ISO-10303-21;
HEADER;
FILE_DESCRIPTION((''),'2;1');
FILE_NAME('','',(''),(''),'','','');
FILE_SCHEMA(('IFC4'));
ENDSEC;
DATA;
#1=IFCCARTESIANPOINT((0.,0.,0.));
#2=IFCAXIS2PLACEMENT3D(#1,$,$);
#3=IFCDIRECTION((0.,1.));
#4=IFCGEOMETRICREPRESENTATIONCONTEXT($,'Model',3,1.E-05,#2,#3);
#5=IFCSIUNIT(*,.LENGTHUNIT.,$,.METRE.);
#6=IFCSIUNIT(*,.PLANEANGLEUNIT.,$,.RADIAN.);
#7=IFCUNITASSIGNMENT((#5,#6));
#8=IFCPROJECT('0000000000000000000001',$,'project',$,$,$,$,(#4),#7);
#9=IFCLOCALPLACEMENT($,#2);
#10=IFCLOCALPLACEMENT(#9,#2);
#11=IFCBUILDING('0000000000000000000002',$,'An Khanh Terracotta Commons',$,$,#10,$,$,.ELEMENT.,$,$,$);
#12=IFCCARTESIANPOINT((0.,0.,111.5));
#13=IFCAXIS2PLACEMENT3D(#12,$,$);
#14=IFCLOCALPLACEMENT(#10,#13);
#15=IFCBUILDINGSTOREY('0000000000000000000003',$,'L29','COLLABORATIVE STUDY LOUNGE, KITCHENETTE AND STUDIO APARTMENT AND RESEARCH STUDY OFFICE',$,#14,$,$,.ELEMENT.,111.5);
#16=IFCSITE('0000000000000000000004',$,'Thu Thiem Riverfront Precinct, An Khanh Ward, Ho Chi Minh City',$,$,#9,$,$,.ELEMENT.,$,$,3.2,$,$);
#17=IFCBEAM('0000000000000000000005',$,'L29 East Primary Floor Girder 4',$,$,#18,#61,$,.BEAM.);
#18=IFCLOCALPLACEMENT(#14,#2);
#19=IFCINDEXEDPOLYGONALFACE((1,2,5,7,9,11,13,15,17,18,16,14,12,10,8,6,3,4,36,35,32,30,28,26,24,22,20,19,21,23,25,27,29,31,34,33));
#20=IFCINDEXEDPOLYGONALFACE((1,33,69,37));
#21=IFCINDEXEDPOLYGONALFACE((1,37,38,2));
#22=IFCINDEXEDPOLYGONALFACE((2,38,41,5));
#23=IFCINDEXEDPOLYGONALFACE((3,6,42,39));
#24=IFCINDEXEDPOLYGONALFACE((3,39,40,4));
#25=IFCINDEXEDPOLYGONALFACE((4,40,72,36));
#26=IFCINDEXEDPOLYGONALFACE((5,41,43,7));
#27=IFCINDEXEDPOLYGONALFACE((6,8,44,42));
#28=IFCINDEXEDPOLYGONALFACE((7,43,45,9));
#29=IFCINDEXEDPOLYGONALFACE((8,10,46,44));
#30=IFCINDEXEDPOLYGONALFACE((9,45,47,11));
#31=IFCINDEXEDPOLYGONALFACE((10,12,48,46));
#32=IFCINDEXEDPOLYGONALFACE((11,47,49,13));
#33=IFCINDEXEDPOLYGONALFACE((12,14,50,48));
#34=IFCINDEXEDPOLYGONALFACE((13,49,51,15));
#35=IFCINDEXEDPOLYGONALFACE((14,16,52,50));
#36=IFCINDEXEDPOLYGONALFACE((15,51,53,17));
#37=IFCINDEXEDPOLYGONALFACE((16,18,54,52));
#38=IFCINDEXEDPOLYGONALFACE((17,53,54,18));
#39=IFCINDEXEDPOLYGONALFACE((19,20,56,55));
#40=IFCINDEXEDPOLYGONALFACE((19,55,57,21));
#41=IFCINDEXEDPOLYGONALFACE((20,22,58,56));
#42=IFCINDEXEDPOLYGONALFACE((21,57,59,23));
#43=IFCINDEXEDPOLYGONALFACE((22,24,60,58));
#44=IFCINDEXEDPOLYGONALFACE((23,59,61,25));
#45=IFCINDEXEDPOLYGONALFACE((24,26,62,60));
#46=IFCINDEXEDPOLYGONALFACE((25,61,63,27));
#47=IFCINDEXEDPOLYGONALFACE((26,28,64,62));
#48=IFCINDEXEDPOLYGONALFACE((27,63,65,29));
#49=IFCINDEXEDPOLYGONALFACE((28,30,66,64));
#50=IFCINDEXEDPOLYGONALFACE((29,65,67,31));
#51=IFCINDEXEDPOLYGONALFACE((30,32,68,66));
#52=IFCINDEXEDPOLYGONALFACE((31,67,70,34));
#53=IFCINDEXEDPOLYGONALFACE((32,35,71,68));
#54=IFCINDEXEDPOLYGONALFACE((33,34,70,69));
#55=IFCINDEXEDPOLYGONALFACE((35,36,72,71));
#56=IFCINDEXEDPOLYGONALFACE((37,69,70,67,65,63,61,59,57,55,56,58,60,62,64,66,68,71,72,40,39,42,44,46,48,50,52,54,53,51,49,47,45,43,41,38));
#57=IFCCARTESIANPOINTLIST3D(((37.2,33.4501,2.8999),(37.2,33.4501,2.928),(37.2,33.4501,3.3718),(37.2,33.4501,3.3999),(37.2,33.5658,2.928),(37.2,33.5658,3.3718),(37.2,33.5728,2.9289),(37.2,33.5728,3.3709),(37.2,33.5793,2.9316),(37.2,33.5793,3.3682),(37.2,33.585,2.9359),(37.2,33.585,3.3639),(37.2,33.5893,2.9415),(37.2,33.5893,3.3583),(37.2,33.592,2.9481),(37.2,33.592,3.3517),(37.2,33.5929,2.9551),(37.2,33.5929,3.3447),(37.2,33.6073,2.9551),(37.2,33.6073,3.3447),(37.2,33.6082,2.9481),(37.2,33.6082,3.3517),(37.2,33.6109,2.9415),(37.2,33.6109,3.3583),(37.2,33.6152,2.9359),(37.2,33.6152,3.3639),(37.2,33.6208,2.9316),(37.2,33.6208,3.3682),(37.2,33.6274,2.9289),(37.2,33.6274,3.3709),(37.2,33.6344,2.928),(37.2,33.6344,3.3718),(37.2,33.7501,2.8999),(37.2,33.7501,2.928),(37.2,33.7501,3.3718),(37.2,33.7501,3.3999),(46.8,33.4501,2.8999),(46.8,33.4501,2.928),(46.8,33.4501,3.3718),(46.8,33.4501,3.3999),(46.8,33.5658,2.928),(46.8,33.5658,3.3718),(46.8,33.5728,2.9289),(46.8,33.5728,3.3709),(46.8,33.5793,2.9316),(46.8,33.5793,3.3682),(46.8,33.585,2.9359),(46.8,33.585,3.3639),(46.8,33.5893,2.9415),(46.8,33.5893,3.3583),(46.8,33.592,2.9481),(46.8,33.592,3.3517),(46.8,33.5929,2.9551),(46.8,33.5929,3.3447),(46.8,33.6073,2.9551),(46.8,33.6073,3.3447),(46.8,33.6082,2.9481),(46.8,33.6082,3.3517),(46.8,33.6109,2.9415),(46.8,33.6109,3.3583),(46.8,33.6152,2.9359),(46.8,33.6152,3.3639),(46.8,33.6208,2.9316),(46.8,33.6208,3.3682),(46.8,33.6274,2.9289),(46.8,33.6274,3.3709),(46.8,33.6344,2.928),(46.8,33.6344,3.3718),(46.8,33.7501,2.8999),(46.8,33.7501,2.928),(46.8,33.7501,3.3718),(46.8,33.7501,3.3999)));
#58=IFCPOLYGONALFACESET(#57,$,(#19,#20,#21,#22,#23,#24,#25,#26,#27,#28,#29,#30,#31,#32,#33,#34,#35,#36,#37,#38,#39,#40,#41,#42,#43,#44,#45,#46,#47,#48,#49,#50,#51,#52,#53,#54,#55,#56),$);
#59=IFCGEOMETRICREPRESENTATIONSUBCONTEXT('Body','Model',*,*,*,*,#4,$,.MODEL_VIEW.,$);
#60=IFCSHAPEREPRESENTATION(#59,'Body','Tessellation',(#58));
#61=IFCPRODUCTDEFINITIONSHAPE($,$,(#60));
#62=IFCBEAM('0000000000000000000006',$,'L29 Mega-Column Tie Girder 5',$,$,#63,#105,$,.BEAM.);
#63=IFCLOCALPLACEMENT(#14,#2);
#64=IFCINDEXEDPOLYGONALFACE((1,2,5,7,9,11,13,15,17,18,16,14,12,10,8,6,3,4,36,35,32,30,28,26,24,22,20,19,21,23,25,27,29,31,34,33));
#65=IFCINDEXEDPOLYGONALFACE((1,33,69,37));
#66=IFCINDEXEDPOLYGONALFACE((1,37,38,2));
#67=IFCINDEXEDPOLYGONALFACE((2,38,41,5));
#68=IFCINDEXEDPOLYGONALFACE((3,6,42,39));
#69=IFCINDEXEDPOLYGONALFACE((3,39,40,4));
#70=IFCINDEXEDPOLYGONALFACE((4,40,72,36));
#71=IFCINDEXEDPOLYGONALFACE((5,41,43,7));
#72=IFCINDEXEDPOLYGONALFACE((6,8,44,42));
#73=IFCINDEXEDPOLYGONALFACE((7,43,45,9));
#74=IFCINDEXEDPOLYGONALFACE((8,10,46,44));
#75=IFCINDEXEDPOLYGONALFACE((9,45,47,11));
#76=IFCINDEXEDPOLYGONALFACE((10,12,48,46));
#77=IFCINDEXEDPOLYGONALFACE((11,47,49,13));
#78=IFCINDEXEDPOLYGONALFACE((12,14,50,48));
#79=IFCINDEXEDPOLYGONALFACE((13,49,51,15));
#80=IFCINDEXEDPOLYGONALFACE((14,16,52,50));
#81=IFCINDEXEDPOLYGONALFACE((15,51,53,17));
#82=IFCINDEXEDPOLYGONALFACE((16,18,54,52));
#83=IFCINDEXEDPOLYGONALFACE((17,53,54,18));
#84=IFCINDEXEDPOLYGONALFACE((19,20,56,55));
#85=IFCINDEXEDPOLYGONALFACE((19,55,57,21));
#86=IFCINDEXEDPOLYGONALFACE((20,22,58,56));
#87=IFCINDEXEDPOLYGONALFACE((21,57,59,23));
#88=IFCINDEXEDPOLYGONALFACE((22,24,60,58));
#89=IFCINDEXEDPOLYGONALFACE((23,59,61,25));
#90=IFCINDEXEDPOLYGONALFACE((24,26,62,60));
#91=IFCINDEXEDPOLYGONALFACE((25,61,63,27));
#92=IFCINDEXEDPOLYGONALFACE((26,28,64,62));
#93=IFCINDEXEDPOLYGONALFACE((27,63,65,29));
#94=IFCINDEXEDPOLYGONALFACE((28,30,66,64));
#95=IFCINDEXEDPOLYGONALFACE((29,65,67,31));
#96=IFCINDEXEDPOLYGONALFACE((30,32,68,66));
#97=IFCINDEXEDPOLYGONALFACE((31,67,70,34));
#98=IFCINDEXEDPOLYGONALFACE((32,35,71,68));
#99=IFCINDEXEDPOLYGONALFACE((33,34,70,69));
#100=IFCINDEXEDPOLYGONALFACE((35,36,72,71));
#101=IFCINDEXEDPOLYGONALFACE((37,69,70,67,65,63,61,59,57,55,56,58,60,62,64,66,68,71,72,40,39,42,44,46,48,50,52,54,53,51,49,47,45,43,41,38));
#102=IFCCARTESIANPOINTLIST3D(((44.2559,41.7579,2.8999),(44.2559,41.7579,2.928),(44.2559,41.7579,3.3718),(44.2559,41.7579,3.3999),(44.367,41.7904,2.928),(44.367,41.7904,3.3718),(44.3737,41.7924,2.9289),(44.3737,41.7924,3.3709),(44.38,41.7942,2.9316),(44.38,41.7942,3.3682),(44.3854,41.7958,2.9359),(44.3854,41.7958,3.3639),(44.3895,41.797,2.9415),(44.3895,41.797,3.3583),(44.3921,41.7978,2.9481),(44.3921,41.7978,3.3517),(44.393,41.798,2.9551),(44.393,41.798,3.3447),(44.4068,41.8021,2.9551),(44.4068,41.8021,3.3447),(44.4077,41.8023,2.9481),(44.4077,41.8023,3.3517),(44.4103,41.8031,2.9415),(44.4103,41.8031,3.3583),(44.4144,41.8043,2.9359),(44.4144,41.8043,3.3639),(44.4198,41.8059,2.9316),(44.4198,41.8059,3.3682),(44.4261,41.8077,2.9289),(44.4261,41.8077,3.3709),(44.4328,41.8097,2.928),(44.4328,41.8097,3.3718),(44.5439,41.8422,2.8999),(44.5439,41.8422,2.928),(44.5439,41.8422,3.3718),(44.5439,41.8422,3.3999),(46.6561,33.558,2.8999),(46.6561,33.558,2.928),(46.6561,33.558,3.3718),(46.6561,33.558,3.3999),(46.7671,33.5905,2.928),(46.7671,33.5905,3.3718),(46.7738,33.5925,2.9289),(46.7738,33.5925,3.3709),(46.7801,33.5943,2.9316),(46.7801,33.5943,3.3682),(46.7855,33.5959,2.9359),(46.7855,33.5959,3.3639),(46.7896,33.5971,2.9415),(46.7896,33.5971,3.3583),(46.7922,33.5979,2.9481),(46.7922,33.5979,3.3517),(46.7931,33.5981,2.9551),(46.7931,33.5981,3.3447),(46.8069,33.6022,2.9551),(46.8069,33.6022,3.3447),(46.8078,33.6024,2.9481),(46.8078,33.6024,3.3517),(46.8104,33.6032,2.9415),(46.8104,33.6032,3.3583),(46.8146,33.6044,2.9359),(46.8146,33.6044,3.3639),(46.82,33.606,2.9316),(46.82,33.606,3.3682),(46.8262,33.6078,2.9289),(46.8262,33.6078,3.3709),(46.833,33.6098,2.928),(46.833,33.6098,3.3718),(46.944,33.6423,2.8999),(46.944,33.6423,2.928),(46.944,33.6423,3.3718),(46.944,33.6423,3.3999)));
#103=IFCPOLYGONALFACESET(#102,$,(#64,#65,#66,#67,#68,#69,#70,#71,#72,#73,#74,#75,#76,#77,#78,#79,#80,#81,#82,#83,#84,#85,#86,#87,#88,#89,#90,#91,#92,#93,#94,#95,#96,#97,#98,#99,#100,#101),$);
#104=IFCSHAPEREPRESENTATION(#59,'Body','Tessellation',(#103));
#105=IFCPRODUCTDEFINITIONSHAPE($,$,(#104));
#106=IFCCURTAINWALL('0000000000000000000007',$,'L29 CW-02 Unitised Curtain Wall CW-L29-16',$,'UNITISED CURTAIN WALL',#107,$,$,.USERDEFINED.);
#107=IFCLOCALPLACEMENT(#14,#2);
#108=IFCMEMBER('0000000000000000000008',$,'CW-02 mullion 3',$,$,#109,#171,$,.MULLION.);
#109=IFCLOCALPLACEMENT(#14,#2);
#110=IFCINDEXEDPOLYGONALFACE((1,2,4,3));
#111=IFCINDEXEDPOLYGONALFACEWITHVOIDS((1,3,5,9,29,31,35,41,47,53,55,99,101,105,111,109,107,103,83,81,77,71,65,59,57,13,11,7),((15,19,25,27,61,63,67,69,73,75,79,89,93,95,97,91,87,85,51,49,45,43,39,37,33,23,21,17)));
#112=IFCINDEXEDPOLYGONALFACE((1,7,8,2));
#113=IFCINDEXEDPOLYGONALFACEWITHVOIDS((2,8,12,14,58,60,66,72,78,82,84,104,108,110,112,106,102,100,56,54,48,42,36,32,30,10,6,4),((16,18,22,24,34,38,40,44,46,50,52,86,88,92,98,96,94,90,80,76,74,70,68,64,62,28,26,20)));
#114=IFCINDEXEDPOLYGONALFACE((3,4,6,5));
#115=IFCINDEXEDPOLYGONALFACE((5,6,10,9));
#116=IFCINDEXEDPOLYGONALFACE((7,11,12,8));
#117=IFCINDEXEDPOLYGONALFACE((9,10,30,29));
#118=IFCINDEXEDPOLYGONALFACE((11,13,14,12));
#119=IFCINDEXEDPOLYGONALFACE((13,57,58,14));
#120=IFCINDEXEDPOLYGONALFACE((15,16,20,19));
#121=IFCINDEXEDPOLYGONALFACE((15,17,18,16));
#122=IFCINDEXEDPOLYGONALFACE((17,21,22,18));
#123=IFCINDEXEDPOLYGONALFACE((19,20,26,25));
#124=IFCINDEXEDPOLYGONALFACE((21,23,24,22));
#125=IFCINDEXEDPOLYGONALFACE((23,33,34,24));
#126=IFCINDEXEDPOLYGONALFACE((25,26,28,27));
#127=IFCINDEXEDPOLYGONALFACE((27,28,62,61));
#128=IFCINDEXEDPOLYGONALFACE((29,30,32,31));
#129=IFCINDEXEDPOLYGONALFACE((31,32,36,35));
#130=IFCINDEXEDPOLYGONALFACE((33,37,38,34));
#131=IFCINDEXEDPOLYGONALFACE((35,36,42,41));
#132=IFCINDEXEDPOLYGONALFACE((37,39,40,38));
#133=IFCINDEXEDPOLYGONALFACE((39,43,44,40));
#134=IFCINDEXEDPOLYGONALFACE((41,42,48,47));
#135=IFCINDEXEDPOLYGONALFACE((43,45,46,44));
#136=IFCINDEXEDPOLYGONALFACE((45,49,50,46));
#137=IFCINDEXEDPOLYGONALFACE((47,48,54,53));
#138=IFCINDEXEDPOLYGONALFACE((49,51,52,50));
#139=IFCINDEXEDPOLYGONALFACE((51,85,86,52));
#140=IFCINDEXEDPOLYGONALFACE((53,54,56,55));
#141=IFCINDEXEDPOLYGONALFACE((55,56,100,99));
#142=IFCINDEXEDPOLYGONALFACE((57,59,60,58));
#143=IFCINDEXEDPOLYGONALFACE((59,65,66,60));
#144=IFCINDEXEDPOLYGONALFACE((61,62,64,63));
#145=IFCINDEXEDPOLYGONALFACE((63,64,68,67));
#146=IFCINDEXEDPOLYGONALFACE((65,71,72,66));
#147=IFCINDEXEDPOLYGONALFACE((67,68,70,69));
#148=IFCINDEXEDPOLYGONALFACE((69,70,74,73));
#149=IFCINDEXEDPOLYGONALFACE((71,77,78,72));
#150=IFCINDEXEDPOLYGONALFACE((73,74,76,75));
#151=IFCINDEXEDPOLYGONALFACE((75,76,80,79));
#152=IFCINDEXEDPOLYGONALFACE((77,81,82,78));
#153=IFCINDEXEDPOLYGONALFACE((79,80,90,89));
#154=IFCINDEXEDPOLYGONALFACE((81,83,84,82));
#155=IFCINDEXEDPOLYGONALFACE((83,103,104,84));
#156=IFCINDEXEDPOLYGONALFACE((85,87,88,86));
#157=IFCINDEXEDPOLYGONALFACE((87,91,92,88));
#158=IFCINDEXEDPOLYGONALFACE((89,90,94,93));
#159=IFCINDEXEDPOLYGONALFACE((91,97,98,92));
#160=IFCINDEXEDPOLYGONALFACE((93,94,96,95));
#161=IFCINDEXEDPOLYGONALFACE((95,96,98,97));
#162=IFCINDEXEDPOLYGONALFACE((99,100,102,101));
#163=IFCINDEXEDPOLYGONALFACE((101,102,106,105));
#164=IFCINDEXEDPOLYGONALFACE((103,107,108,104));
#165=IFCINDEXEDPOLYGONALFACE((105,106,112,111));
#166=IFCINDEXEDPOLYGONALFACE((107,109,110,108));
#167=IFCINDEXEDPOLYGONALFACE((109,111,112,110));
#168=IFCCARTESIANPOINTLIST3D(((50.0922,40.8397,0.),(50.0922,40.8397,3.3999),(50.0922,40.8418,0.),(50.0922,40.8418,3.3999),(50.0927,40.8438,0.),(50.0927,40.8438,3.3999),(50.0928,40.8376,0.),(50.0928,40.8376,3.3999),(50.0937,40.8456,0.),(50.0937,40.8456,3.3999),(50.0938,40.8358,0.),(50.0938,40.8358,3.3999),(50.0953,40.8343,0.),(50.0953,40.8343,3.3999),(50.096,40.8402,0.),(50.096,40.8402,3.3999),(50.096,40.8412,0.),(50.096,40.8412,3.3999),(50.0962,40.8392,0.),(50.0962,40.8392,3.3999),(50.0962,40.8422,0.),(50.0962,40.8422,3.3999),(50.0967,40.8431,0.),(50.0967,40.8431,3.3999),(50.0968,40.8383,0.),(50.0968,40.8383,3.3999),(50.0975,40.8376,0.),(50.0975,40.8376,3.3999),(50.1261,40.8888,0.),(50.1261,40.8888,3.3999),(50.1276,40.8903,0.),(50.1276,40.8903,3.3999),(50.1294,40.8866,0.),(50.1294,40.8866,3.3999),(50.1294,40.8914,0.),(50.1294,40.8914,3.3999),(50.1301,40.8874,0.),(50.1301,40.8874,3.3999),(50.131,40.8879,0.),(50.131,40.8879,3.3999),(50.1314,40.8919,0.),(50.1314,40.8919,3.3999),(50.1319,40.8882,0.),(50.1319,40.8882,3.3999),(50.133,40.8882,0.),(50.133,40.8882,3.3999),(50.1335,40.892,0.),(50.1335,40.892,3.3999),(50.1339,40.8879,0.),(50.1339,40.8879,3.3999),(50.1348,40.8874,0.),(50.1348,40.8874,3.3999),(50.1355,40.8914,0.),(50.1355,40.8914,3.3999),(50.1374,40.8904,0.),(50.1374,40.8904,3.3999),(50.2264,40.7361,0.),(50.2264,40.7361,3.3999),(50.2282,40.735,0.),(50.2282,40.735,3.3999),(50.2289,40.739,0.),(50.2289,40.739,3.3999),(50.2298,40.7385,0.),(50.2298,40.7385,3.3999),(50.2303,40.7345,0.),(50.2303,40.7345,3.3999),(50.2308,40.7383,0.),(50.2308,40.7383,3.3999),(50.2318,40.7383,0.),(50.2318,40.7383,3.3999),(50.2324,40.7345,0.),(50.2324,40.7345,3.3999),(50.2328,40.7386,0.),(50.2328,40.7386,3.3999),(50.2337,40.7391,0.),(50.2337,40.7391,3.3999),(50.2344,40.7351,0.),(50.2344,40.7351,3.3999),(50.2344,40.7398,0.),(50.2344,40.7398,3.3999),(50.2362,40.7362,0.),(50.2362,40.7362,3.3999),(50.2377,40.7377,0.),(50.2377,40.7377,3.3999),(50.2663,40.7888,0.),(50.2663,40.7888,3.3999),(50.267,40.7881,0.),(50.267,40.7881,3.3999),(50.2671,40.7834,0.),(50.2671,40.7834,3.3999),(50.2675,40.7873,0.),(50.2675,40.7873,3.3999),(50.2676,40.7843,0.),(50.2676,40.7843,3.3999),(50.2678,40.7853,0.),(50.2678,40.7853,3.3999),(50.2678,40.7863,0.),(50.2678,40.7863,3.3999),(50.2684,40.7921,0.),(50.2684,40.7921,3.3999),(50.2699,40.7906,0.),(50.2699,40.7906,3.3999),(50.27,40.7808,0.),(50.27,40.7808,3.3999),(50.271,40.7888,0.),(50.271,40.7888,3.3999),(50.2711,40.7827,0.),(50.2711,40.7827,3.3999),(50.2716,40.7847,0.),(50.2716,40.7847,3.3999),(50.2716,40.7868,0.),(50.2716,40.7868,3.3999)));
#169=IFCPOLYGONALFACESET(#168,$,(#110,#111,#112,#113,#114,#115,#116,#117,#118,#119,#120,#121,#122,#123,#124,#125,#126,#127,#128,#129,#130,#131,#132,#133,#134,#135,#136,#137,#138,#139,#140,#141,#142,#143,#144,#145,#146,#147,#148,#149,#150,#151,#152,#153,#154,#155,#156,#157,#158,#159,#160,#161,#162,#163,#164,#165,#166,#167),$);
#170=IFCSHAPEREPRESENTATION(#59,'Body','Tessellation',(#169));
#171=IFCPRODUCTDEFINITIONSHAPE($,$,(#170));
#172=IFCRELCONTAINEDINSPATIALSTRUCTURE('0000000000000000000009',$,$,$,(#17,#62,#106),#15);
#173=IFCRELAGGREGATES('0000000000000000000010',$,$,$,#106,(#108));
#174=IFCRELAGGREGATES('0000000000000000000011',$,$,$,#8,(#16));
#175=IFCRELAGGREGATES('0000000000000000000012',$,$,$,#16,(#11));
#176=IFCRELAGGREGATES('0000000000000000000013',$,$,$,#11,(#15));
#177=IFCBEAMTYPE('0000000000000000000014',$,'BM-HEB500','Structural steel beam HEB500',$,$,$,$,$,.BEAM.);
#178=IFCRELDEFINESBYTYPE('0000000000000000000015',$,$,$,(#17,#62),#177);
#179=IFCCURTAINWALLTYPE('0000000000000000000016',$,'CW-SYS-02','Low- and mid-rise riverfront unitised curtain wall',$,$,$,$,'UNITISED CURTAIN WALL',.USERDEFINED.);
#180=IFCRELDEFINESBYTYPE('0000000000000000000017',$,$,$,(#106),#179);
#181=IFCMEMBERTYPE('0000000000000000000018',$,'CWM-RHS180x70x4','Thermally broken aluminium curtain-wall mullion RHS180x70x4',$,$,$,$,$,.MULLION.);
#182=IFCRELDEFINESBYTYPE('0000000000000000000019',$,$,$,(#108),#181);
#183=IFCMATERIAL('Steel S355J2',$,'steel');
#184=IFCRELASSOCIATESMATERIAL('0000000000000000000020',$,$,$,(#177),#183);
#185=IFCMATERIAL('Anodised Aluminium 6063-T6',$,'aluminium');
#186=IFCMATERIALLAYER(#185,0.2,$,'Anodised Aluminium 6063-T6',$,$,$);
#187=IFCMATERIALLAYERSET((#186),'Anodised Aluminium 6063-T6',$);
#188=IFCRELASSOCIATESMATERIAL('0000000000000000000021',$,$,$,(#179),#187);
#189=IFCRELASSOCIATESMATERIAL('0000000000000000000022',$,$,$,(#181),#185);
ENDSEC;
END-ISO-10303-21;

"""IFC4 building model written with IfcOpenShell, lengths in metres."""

from ifc_helpers import new_model, si_unit, direction, frame, origin, origin_2d, place, context, subcontext, project, spatial, hollow_rectangle, i_section, extrude, material, layer, layer_set, material_profile, profile_set, type_object, element, aggregate, save


model = new_model("IFC4")

# Units and contexts
model_context = context("Model", 3, precision=1e-05, world=origin(), true_north=direction((0.0, 1.0)))
body_context = subcontext(model_context, "Body", "Model", "MODEL_VIEW")
ifc_project = project(units=[si_unit("LENGTHUNIT", "METRE"), si_unit("PLANEANGLEUNIT", "RADIAN")], contexts=[model_context])

# Site, building, storey
site_placement = place(None, origin())
site = spatial("IfcSite", under=ifc_project, at=site_placement, Name="Thu Thiem Riverfront Precinct, An Khanh Ward, Ho Chi Minh City", CompositionType="ELEMENT", RefElevation=3.2)
building_placement = place(site_placement, origin())
building = spatial("IfcBuilding", under=site, at=building_placement, Name="An Khanh Terracotta Commons", CompositionType="ELEMENT")
storey_placement = place(building_placement, frame((0.0, 0.0, 111.5)))
storey = spatial("IfcBuildingStorey", under=building, at=storey_placement, Name="L29", Description="COLLABORATIVE STUDY LOUNGE, KITCHENETTE AND STUDIO APARTMENT AND RESEARCH STUDY OFFICE", CompositionType="ELEMENT", Elevation=111.5)

# Beams
ifc_material_1 = material(Name="Steel S355J2", Category="steel")
ifc_material_profile_1 = material_profile(ifc_material_1, i_section(OverallWidth=0.3, OverallDepth=0.5, WebThickness=0.0144, FlangeThickness=0.0281, FilletRadius=0.0271, at=origin_2d()), Name="HEB500")
ifc_profile_set_1 = profile_set([ifc_material_profile_1], Name="Steel S355J2")
beam_type = type_object("IfcBeamType", Name="BM-HEB500", Description="Structural steel beam HEB500", PredefinedType="BEAM", material=ifc_profile_set_1)
beam_1_placement = place(storey_placement, frame((37.2, 33.6001, 3.1499), z_axis=(1.0, 0.0, 0.0), x_axis=(0.0, 1.0, 0.0)))
element("IfcBeam", 1, at=beam_1_placement, inside=storey, type_object=beam_type, Name="L29 East Primary Floor Girder 4", PredefinedType="BEAM", context=body_context, shape_type="SweptSolid", body=[
    extrude(i_section(OverallWidth=0.3, OverallDepth=0.5, WebThickness=0.0144, FlangeThickness=0.0281, FilletRadius=0.0271, at=origin_2d()), origin(), (0.0, 0.0, 1.0), 9.6001),
])
beam_2_placement = place(storey_placement, frame((44.3999, 41.8, 3.1499), z_axis=(0.280916, -0.959732, 0.0), x_axis=(0.959732, 0.280916, 0.0)))
element("IfcBeam", 2, at=beam_2_placement, inside=storey, type_object=beam_type, Name="L29 Mega-Column Tie Girder 5", PredefinedType="BEAM", context=body_context, shape_type="SweptSolid", body=[
    extrude(i_section(OverallWidth=0.3, OverallDepth=0.5, WebThickness=0.0144, FlangeThickness=0.0281, FilletRadius=0.0271, at=origin_2d()), origin(), (0.0, 0.0, 1.0), 8.5439),
])

# Curtain wall, member
ifc_material_2 = material(Name="Anodised Aluminium 6063-T6", Category="aluminium")
ifc_layer_1 = layer(ifc_material_2, 0.2, Name="Anodised Aluminium 6063-T6")
ifc_layer_set_1 = layer_set([ifc_layer_1], Name="Anodised Aluminium 6063-T6")
curtain_wall_type = type_object("IfcCurtainWallType", Name="CW-SYS-02", Description="Low- and mid-rise riverfront unitised curtain wall", ElementType="UNITISED CURTAIN WALL", PredefinedType="USERDEFINED", material=ifc_layer_set_1)
curtain_wall_placement = place(storey_placement, origin())
curtain_wall = element("IfcCurtainWall", 3, at=curtain_wall_placement, inside=storey, type_object=curtain_wall_type, Name="L29 CW-02 Unitised Curtain Wall CW-L29-16", ObjectType="UNITISED CURTAIN WALL", PredefinedType="USERDEFINED")
ifc_material_profile_2 = material_profile(ifc_material_2, hollow_rectangle(XDim=0.0701, YDim=0.1799, WallThickness=0.0039, InnerFilletRadius=0.0039, OuterFilletRadius=0.0081, at=origin_2d()), Name="RHS180x70x4")
ifc_profile_set_2 = profile_set([ifc_material_profile_2], Name="Anodised Aluminium 6063-T6")
member_type_1 = type_object("IfcMemberType", Name="CWM-RHS180x70x4", Description="Thermally broken aluminium curtain-wall mullion RHS180x70x4", PredefinedType="MULLION", material=ifc_profile_set_2)
member_1_placement = place(storey_placement, frame((50.1819, 40.8132, 0.0), z_axis=(0.0, 0.0, 1.0), x_axis=(-0.599983, -0.800013, 0.0)))
member_1 = element("IfcMember", 4, at=member_1_placement, type_object=member_type_1, Name="CW-02 mullion 3", PredefinedType="MULLION", context=body_context, shape_type="SweptSolid", body=[
    extrude(hollow_rectangle(XDim=0.0701, YDim=0.1799, WallThickness=0.0039, InnerFilletRadius=0.0039, OuterFilletRadius=0.0081, at=origin_2d()), origin(), (0.0, 0.0, 1.0), 3.3999),
])
aggregate(curtain_wall, [member_1])

save(model, "model.ifc")
